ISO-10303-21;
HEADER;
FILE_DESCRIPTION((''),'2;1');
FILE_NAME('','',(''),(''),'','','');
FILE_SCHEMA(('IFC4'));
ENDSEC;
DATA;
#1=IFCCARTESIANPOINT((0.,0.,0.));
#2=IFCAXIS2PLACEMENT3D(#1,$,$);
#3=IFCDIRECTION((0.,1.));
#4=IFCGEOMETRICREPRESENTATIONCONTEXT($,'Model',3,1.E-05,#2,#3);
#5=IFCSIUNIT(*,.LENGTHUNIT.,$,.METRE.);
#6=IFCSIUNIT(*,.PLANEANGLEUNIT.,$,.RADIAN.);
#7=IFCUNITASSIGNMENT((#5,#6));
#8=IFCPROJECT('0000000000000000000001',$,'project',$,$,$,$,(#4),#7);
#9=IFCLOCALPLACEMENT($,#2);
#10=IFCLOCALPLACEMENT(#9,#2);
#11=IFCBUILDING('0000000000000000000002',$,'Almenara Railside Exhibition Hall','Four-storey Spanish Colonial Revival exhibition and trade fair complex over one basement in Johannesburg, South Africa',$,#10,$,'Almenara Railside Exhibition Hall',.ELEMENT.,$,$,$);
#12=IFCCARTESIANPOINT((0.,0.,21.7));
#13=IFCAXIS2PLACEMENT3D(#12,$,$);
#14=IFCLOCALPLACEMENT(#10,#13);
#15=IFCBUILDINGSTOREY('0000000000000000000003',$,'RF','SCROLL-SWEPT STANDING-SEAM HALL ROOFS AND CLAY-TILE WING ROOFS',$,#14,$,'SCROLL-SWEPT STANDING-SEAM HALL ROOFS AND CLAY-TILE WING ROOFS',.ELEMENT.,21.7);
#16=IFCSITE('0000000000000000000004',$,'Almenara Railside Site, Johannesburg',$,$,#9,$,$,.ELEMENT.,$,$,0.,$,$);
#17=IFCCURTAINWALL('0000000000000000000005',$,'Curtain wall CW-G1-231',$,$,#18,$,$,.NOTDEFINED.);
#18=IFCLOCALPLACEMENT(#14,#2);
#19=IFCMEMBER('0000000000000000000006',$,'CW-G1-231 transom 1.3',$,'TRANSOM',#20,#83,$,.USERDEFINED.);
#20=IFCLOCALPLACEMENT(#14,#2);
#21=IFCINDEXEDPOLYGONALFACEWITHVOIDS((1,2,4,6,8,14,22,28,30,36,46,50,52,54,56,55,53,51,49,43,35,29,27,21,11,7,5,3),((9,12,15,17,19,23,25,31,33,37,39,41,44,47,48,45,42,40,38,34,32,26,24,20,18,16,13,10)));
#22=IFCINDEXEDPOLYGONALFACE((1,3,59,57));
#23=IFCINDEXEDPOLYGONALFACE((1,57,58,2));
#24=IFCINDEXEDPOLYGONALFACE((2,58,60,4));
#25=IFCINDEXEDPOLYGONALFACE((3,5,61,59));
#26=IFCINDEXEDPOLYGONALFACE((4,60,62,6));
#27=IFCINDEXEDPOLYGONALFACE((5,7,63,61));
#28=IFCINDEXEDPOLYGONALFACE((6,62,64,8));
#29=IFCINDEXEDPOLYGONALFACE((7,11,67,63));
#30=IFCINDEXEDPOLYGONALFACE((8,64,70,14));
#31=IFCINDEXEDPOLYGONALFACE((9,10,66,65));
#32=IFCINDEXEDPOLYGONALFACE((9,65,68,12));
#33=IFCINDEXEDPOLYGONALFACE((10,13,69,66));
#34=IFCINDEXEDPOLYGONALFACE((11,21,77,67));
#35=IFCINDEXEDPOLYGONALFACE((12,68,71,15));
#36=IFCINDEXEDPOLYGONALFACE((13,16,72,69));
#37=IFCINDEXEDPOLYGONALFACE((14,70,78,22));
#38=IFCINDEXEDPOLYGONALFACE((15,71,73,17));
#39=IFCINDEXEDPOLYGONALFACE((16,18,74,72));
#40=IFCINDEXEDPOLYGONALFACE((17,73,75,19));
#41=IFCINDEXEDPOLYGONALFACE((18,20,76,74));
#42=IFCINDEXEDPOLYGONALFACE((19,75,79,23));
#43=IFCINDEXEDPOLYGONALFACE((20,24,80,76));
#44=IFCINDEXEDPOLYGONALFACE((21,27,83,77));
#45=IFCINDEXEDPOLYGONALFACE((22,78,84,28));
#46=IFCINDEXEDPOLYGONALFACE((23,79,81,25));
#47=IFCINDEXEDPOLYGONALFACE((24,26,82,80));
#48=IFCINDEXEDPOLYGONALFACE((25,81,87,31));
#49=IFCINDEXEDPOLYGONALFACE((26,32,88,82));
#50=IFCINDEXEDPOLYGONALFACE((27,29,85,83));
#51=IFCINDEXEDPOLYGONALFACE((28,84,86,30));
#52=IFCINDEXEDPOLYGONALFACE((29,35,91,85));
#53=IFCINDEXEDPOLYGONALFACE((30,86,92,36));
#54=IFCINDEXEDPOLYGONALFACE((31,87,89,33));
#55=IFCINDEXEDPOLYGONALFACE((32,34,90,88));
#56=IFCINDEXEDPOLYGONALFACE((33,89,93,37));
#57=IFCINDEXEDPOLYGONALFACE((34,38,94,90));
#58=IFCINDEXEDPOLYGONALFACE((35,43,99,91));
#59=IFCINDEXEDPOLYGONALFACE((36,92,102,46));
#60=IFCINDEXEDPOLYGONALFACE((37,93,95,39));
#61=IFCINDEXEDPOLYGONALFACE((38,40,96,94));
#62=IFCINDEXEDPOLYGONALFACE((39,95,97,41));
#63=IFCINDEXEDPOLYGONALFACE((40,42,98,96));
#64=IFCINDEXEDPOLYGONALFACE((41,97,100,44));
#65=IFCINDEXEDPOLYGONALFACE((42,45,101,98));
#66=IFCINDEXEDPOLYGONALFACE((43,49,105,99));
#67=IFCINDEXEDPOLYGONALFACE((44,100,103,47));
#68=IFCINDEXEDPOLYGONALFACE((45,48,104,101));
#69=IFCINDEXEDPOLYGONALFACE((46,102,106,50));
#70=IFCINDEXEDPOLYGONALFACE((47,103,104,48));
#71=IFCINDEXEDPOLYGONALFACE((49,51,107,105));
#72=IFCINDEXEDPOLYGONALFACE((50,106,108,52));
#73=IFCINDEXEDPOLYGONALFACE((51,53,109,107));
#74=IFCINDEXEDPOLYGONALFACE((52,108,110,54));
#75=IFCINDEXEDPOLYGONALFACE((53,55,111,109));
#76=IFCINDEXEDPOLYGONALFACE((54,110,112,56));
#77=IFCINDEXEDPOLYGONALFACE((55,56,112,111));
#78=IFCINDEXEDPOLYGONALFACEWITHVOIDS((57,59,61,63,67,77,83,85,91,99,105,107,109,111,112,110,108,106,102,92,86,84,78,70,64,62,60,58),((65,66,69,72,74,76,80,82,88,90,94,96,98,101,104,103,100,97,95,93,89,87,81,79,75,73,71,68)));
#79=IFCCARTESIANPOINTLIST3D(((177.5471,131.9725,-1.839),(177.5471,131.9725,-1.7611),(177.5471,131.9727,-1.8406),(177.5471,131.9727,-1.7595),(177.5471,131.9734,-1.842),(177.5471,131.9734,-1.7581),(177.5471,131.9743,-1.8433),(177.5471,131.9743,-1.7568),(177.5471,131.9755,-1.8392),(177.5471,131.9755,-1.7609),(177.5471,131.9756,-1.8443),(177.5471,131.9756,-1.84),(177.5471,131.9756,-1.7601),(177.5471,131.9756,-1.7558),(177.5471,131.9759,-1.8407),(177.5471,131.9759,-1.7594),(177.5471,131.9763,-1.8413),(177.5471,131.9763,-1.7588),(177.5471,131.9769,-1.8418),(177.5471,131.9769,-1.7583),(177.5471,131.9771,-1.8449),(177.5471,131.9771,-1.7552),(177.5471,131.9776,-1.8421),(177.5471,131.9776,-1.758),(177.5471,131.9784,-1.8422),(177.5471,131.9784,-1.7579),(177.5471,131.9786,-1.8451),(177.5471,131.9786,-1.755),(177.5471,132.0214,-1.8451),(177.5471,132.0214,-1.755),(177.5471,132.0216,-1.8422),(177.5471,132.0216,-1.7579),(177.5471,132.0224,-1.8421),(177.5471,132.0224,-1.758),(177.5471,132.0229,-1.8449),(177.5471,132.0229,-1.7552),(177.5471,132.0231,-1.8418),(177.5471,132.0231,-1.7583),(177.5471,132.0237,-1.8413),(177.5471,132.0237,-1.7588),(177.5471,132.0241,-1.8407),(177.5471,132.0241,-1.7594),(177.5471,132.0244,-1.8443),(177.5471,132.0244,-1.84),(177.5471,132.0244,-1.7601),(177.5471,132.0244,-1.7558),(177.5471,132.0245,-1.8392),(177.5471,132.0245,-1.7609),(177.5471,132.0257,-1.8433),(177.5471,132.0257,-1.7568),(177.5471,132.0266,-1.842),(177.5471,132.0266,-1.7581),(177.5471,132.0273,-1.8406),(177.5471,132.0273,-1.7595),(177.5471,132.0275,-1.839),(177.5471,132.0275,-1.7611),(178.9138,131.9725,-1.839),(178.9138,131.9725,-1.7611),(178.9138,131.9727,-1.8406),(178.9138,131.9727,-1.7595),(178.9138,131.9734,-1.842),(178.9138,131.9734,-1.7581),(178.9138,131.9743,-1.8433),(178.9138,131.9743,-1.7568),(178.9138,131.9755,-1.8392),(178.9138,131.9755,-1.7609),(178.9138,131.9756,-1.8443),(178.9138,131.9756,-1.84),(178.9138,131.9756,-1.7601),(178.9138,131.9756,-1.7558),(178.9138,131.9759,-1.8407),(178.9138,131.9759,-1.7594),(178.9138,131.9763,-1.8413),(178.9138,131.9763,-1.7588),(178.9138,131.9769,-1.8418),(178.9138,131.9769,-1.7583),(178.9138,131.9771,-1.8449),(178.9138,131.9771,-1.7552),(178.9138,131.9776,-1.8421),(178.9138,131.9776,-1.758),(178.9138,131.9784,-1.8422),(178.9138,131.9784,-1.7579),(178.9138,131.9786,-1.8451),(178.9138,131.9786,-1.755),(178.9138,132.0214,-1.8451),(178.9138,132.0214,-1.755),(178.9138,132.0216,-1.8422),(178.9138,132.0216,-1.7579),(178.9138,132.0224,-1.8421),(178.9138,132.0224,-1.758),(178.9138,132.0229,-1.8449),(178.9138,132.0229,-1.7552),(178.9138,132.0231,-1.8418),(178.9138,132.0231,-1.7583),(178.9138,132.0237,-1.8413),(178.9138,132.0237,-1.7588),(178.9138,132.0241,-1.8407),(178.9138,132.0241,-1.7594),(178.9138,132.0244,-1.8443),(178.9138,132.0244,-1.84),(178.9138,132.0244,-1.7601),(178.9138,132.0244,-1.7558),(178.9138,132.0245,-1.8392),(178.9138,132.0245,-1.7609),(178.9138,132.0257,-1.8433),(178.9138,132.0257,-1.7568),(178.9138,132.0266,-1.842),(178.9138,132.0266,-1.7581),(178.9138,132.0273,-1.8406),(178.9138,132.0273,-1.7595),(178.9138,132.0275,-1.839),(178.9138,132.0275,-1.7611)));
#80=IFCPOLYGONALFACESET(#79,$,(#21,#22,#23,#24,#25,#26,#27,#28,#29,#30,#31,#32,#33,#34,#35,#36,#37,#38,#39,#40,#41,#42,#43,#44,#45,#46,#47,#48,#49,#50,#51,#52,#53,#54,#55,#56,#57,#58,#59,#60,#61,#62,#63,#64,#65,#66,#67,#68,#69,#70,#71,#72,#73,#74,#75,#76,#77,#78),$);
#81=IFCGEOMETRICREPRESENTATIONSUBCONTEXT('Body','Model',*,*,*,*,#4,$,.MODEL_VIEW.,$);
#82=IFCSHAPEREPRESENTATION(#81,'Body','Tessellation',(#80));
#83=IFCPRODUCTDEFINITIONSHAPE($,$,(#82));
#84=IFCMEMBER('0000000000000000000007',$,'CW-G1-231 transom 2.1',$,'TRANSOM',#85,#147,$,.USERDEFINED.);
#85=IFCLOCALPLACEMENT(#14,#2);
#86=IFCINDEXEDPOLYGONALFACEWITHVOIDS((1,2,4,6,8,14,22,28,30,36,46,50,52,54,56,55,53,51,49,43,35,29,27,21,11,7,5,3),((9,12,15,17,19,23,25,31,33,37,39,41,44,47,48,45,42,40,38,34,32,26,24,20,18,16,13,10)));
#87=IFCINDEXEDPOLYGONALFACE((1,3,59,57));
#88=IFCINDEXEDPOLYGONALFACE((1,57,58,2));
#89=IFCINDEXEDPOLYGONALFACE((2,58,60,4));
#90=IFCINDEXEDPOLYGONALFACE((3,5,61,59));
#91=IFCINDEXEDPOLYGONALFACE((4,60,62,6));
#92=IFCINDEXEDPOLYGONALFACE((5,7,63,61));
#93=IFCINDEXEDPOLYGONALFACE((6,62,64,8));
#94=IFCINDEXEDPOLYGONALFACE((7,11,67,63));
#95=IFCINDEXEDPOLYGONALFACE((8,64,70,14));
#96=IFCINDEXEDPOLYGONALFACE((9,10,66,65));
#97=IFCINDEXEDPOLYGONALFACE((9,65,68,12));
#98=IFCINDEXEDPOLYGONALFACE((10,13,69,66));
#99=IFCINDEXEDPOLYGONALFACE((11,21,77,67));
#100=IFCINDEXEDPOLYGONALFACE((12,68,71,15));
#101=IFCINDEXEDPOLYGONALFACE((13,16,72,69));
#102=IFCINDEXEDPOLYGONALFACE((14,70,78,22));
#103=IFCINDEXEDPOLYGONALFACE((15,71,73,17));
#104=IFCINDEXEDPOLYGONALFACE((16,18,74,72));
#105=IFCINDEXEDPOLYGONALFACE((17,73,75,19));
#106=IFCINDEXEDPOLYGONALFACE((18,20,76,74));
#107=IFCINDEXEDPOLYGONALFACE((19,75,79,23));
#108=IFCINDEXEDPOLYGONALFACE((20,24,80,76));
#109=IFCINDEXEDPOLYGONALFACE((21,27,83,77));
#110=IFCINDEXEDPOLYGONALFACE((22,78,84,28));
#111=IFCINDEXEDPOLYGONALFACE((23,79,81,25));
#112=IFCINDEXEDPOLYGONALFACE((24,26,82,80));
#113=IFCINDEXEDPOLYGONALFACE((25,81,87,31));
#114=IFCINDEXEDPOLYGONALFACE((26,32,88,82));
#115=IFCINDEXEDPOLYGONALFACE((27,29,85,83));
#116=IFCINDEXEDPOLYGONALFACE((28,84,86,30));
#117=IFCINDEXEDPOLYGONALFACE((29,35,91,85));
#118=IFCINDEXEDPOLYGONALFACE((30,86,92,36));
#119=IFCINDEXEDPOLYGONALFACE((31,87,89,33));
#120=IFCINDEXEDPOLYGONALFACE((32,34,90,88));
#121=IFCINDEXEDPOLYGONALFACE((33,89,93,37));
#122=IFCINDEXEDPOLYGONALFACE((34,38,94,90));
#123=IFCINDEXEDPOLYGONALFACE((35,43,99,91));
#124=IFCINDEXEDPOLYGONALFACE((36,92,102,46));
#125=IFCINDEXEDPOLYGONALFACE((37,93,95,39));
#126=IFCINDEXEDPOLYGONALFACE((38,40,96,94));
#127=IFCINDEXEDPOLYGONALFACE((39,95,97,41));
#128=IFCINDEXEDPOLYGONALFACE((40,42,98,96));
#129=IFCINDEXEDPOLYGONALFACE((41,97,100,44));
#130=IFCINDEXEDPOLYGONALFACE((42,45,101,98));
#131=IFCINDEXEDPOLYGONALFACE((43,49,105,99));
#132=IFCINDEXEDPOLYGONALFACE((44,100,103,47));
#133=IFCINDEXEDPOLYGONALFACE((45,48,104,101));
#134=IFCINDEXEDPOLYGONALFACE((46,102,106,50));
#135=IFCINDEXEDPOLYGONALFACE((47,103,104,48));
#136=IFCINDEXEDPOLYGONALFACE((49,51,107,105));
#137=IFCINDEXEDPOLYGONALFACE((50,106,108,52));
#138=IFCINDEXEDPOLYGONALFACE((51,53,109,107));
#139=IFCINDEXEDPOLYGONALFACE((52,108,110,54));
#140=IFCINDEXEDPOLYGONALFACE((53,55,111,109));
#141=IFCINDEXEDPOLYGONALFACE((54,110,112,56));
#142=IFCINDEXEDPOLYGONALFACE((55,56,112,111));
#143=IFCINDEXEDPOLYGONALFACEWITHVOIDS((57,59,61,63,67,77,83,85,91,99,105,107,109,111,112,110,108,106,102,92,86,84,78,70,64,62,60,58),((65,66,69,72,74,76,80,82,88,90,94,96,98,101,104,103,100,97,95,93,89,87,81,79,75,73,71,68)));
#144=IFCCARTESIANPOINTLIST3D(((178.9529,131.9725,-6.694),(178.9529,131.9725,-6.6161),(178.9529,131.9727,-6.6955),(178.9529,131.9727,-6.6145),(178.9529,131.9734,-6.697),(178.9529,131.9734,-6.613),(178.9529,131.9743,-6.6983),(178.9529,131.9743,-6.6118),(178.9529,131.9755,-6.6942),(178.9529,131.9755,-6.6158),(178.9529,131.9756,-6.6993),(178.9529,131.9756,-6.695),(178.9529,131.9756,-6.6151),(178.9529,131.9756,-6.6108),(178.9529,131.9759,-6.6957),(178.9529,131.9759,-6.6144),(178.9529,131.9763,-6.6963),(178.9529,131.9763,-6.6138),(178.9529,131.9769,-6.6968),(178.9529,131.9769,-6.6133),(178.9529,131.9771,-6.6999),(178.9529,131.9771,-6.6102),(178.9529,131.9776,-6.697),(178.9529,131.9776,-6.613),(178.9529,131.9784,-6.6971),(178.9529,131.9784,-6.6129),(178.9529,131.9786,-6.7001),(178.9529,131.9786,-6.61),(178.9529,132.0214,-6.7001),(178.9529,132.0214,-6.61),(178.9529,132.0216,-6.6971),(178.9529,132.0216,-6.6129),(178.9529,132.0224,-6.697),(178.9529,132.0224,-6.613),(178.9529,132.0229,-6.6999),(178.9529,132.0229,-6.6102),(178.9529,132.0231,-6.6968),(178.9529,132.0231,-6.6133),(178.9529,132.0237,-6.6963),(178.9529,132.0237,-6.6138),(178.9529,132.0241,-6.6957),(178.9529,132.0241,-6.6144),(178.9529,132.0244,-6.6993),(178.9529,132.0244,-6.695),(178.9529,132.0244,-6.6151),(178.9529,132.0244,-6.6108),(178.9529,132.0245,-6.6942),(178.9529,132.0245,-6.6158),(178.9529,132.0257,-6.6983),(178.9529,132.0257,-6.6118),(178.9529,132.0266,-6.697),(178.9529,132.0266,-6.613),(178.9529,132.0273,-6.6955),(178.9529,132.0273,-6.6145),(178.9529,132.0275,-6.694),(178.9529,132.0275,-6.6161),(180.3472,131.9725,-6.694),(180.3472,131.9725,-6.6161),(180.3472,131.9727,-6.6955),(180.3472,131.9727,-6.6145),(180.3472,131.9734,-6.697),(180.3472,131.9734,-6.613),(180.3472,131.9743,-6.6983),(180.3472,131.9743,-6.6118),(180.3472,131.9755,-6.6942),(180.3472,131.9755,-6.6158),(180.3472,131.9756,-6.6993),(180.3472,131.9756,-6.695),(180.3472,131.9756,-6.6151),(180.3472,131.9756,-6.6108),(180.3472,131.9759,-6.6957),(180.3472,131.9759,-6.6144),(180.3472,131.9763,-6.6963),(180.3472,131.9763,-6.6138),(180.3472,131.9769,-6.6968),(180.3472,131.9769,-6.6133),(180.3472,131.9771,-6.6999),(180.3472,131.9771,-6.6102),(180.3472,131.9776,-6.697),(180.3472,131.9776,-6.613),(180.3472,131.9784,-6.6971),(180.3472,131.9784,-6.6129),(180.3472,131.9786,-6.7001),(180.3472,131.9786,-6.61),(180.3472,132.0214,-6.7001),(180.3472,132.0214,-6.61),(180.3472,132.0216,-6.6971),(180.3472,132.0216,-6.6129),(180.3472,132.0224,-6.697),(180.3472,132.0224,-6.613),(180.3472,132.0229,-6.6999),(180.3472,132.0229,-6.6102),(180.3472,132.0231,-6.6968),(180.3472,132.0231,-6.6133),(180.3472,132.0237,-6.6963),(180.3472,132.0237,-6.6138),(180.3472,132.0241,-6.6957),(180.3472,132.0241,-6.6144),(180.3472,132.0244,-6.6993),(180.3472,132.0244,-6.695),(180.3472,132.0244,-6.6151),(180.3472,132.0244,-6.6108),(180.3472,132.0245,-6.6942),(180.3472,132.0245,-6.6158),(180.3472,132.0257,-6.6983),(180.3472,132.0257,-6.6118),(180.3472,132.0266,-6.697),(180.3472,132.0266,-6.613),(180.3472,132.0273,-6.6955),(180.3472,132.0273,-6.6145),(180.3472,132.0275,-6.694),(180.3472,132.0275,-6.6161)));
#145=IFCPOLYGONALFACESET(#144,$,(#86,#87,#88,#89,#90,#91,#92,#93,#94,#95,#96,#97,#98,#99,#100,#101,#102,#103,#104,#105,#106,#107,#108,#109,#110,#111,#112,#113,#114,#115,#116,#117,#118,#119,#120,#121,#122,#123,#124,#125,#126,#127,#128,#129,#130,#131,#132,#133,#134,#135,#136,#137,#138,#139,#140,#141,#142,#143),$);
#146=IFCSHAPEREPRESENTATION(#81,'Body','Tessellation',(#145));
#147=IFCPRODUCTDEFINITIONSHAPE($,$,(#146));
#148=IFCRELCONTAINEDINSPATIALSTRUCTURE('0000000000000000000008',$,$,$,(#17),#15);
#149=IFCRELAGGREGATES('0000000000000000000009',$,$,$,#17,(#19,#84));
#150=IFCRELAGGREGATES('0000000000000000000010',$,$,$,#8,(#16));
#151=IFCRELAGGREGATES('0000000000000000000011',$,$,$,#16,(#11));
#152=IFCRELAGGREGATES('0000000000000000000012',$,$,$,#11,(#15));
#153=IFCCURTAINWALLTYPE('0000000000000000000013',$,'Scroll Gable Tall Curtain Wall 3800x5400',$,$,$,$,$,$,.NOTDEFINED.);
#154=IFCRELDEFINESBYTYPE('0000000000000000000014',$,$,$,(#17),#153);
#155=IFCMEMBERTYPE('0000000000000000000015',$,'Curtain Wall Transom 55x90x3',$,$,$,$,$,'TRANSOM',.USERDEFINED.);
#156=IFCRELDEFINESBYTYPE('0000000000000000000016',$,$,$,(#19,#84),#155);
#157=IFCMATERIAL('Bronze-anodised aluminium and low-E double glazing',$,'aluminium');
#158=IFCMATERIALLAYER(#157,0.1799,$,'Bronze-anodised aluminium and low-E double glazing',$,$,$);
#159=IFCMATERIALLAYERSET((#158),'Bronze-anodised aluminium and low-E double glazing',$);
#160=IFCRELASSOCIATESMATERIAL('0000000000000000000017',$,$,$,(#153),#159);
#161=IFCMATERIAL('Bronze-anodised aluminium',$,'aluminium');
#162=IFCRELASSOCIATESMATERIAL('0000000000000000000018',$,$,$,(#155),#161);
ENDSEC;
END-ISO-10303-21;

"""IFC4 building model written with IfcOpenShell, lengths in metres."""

from ifc_helpers import new_model, si_unit, direction, frame, origin, origin_2d, place, context, subcontext, project, spatial, hollow_rectangle, extrude, material, layer, layer_set, material_profile, profile_set, type_object, element, aggregate, save


model = new_model("IFC4")

# Units and contexts
model_context = context("Model", 3, precision=1e-05, world=origin(), true_north=direction((0.0, 1.0)))
body_context = subcontext(model_context, "Body", "Model", "MODEL_VIEW")
ifc_project = project(units=[si_unit("LENGTHUNIT", "METRE"), si_unit("PLANEANGLEUNIT", "RADIAN")], contexts=[model_context])

# Site, building, storey
site_placement = place(None, origin())
site = spatial("IfcSite", under=ifc_project, at=site_placement, Name="Almenara Railside Site, Johannesburg", CompositionType="ELEMENT", RefElevation=0.0)
building_placement = place(site_placement, origin())
building = spatial("IfcBuilding", under=site, at=building_placement, Name="Almenara Railside Exhibition Hall", Description="Four-storey Spanish Colonial Revival exhibition and trade fair complex over one basement in Johannesburg, South Africa", LongName="Almenara Railside Exhibition Hall", CompositionType="ELEMENT")
storey_placement = place(building_placement, frame((0.0, 0.0, 21.7)))
storey = spatial("IfcBuildingStorey", under=building, at=storey_placement, Name="RF", Description="SCROLL-SWEPT STANDING-SEAM HALL ROOFS AND CLAY-TILE WING ROOFS", LongName="SCROLL-SWEPT STANDING-SEAM HALL ROOFS AND CLAY-TILE WING ROOFS", CompositionType="ELEMENT", Elevation=21.7)

# Curtain wall
ifc_material_1 = material(Name="Bronze-anodised aluminium and low-E double glazing", Category="aluminium")
ifc_layer_1 = layer(ifc_material_1, 0.1799, Name="Bronze-anodised aluminium and low-E double glazing")
ifc_layer_set_1 = layer_set([ifc_layer_1], Name="Bronze-anodised aluminium and low-E double glazing")
curtain_wall_type = type_object("IfcCurtainWallType", Name="Scroll Gable Tall Curtain Wall 3800x5400", PredefinedType="NOTDEFINED", material=ifc_layer_set_1)
curtain_wall_1_placement = place(storey_placement, origin())
curtain_wall_1 = element("IfcCurtainWall", 1, at=curtain_wall_1_placement, inside=storey, type_object=curtain_wall_type, Name="Curtain wall CW-G1-231", PredefinedType="NOTDEFINED")
ifc_material_2 = material(Name="Bronze-anodised aluminium", Category="aluminium")

# Members
ifc_material_profile_1 = material_profile(ifc_material_2, hollow_rectangle(XDim=0.0549, YDim=0.0901, WallThickness=0.0029, InnerFilletRadius=0.0029, OuterFilletRadius=0.0061, at=origin_2d()), Name="ALU-TRN 55x90x3")
ifc_profile_set_1 = profile_set([ifc_material_profile_1], Name="Bronze-anodised aluminium")
member_type_1 = type_object("IfcMemberType", Name="Curtain Wall Transom 55x90x3", ElementType="TRANSOM", PredefinedType="USERDEFINED", material=ifc_profile_set_1)
member_1_placement = place(storey_placement, frame((177.5471, 132.0, -1.8), z_axis=(1.0, 0.0, 0.0), x_axis=(0.0, 1.0, 0.0)))
member_1 = element("IfcMember", 2, at=member_1_placement, type_object=member_type_1, Name="CW-G1-231 transom 1.3", ObjectType="TRANSOM", PredefinedType="USERDEFINED", context=body_context, shape_type="SweptSolid", body=[
    extrude(hollow_rectangle(XDim=0.0549, YDim=0.0901, WallThickness=0.0029, InnerFilletRadius=0.0029, OuterFilletRadius=0.0061, at=origin_2d()), origin(), (0.0, 0.0, 1.0), 1.3667),
])
member_2_placement = place(storey_placement, frame((178.9529, 132.0, -6.655), z_axis=(1.0, 0.0, 0.0), x_axis=(0.0, 1.0, 0.0)))
member_2 = element("IfcMember", 3, at=member_2_placement, type_object=member_type_1, Name="CW-G1-231 transom 2.1", ObjectType="TRANSOM", PredefinedType="USERDEFINED", context=body_context, shape_type="SweptSolid", body=[
    extrude(hollow_rectangle(XDim=0.0549, YDim=0.0901, WallThickness=0.0029, InnerFilletRadius=0.0029, OuterFilletRadius=0.0061, at=origin_2d()), origin(), (0.0, 0.0, 1.0), 1.3943),
])

aggregate(curtain_wall_1, [member_1, member_2])

save(model, "model.ifc")
